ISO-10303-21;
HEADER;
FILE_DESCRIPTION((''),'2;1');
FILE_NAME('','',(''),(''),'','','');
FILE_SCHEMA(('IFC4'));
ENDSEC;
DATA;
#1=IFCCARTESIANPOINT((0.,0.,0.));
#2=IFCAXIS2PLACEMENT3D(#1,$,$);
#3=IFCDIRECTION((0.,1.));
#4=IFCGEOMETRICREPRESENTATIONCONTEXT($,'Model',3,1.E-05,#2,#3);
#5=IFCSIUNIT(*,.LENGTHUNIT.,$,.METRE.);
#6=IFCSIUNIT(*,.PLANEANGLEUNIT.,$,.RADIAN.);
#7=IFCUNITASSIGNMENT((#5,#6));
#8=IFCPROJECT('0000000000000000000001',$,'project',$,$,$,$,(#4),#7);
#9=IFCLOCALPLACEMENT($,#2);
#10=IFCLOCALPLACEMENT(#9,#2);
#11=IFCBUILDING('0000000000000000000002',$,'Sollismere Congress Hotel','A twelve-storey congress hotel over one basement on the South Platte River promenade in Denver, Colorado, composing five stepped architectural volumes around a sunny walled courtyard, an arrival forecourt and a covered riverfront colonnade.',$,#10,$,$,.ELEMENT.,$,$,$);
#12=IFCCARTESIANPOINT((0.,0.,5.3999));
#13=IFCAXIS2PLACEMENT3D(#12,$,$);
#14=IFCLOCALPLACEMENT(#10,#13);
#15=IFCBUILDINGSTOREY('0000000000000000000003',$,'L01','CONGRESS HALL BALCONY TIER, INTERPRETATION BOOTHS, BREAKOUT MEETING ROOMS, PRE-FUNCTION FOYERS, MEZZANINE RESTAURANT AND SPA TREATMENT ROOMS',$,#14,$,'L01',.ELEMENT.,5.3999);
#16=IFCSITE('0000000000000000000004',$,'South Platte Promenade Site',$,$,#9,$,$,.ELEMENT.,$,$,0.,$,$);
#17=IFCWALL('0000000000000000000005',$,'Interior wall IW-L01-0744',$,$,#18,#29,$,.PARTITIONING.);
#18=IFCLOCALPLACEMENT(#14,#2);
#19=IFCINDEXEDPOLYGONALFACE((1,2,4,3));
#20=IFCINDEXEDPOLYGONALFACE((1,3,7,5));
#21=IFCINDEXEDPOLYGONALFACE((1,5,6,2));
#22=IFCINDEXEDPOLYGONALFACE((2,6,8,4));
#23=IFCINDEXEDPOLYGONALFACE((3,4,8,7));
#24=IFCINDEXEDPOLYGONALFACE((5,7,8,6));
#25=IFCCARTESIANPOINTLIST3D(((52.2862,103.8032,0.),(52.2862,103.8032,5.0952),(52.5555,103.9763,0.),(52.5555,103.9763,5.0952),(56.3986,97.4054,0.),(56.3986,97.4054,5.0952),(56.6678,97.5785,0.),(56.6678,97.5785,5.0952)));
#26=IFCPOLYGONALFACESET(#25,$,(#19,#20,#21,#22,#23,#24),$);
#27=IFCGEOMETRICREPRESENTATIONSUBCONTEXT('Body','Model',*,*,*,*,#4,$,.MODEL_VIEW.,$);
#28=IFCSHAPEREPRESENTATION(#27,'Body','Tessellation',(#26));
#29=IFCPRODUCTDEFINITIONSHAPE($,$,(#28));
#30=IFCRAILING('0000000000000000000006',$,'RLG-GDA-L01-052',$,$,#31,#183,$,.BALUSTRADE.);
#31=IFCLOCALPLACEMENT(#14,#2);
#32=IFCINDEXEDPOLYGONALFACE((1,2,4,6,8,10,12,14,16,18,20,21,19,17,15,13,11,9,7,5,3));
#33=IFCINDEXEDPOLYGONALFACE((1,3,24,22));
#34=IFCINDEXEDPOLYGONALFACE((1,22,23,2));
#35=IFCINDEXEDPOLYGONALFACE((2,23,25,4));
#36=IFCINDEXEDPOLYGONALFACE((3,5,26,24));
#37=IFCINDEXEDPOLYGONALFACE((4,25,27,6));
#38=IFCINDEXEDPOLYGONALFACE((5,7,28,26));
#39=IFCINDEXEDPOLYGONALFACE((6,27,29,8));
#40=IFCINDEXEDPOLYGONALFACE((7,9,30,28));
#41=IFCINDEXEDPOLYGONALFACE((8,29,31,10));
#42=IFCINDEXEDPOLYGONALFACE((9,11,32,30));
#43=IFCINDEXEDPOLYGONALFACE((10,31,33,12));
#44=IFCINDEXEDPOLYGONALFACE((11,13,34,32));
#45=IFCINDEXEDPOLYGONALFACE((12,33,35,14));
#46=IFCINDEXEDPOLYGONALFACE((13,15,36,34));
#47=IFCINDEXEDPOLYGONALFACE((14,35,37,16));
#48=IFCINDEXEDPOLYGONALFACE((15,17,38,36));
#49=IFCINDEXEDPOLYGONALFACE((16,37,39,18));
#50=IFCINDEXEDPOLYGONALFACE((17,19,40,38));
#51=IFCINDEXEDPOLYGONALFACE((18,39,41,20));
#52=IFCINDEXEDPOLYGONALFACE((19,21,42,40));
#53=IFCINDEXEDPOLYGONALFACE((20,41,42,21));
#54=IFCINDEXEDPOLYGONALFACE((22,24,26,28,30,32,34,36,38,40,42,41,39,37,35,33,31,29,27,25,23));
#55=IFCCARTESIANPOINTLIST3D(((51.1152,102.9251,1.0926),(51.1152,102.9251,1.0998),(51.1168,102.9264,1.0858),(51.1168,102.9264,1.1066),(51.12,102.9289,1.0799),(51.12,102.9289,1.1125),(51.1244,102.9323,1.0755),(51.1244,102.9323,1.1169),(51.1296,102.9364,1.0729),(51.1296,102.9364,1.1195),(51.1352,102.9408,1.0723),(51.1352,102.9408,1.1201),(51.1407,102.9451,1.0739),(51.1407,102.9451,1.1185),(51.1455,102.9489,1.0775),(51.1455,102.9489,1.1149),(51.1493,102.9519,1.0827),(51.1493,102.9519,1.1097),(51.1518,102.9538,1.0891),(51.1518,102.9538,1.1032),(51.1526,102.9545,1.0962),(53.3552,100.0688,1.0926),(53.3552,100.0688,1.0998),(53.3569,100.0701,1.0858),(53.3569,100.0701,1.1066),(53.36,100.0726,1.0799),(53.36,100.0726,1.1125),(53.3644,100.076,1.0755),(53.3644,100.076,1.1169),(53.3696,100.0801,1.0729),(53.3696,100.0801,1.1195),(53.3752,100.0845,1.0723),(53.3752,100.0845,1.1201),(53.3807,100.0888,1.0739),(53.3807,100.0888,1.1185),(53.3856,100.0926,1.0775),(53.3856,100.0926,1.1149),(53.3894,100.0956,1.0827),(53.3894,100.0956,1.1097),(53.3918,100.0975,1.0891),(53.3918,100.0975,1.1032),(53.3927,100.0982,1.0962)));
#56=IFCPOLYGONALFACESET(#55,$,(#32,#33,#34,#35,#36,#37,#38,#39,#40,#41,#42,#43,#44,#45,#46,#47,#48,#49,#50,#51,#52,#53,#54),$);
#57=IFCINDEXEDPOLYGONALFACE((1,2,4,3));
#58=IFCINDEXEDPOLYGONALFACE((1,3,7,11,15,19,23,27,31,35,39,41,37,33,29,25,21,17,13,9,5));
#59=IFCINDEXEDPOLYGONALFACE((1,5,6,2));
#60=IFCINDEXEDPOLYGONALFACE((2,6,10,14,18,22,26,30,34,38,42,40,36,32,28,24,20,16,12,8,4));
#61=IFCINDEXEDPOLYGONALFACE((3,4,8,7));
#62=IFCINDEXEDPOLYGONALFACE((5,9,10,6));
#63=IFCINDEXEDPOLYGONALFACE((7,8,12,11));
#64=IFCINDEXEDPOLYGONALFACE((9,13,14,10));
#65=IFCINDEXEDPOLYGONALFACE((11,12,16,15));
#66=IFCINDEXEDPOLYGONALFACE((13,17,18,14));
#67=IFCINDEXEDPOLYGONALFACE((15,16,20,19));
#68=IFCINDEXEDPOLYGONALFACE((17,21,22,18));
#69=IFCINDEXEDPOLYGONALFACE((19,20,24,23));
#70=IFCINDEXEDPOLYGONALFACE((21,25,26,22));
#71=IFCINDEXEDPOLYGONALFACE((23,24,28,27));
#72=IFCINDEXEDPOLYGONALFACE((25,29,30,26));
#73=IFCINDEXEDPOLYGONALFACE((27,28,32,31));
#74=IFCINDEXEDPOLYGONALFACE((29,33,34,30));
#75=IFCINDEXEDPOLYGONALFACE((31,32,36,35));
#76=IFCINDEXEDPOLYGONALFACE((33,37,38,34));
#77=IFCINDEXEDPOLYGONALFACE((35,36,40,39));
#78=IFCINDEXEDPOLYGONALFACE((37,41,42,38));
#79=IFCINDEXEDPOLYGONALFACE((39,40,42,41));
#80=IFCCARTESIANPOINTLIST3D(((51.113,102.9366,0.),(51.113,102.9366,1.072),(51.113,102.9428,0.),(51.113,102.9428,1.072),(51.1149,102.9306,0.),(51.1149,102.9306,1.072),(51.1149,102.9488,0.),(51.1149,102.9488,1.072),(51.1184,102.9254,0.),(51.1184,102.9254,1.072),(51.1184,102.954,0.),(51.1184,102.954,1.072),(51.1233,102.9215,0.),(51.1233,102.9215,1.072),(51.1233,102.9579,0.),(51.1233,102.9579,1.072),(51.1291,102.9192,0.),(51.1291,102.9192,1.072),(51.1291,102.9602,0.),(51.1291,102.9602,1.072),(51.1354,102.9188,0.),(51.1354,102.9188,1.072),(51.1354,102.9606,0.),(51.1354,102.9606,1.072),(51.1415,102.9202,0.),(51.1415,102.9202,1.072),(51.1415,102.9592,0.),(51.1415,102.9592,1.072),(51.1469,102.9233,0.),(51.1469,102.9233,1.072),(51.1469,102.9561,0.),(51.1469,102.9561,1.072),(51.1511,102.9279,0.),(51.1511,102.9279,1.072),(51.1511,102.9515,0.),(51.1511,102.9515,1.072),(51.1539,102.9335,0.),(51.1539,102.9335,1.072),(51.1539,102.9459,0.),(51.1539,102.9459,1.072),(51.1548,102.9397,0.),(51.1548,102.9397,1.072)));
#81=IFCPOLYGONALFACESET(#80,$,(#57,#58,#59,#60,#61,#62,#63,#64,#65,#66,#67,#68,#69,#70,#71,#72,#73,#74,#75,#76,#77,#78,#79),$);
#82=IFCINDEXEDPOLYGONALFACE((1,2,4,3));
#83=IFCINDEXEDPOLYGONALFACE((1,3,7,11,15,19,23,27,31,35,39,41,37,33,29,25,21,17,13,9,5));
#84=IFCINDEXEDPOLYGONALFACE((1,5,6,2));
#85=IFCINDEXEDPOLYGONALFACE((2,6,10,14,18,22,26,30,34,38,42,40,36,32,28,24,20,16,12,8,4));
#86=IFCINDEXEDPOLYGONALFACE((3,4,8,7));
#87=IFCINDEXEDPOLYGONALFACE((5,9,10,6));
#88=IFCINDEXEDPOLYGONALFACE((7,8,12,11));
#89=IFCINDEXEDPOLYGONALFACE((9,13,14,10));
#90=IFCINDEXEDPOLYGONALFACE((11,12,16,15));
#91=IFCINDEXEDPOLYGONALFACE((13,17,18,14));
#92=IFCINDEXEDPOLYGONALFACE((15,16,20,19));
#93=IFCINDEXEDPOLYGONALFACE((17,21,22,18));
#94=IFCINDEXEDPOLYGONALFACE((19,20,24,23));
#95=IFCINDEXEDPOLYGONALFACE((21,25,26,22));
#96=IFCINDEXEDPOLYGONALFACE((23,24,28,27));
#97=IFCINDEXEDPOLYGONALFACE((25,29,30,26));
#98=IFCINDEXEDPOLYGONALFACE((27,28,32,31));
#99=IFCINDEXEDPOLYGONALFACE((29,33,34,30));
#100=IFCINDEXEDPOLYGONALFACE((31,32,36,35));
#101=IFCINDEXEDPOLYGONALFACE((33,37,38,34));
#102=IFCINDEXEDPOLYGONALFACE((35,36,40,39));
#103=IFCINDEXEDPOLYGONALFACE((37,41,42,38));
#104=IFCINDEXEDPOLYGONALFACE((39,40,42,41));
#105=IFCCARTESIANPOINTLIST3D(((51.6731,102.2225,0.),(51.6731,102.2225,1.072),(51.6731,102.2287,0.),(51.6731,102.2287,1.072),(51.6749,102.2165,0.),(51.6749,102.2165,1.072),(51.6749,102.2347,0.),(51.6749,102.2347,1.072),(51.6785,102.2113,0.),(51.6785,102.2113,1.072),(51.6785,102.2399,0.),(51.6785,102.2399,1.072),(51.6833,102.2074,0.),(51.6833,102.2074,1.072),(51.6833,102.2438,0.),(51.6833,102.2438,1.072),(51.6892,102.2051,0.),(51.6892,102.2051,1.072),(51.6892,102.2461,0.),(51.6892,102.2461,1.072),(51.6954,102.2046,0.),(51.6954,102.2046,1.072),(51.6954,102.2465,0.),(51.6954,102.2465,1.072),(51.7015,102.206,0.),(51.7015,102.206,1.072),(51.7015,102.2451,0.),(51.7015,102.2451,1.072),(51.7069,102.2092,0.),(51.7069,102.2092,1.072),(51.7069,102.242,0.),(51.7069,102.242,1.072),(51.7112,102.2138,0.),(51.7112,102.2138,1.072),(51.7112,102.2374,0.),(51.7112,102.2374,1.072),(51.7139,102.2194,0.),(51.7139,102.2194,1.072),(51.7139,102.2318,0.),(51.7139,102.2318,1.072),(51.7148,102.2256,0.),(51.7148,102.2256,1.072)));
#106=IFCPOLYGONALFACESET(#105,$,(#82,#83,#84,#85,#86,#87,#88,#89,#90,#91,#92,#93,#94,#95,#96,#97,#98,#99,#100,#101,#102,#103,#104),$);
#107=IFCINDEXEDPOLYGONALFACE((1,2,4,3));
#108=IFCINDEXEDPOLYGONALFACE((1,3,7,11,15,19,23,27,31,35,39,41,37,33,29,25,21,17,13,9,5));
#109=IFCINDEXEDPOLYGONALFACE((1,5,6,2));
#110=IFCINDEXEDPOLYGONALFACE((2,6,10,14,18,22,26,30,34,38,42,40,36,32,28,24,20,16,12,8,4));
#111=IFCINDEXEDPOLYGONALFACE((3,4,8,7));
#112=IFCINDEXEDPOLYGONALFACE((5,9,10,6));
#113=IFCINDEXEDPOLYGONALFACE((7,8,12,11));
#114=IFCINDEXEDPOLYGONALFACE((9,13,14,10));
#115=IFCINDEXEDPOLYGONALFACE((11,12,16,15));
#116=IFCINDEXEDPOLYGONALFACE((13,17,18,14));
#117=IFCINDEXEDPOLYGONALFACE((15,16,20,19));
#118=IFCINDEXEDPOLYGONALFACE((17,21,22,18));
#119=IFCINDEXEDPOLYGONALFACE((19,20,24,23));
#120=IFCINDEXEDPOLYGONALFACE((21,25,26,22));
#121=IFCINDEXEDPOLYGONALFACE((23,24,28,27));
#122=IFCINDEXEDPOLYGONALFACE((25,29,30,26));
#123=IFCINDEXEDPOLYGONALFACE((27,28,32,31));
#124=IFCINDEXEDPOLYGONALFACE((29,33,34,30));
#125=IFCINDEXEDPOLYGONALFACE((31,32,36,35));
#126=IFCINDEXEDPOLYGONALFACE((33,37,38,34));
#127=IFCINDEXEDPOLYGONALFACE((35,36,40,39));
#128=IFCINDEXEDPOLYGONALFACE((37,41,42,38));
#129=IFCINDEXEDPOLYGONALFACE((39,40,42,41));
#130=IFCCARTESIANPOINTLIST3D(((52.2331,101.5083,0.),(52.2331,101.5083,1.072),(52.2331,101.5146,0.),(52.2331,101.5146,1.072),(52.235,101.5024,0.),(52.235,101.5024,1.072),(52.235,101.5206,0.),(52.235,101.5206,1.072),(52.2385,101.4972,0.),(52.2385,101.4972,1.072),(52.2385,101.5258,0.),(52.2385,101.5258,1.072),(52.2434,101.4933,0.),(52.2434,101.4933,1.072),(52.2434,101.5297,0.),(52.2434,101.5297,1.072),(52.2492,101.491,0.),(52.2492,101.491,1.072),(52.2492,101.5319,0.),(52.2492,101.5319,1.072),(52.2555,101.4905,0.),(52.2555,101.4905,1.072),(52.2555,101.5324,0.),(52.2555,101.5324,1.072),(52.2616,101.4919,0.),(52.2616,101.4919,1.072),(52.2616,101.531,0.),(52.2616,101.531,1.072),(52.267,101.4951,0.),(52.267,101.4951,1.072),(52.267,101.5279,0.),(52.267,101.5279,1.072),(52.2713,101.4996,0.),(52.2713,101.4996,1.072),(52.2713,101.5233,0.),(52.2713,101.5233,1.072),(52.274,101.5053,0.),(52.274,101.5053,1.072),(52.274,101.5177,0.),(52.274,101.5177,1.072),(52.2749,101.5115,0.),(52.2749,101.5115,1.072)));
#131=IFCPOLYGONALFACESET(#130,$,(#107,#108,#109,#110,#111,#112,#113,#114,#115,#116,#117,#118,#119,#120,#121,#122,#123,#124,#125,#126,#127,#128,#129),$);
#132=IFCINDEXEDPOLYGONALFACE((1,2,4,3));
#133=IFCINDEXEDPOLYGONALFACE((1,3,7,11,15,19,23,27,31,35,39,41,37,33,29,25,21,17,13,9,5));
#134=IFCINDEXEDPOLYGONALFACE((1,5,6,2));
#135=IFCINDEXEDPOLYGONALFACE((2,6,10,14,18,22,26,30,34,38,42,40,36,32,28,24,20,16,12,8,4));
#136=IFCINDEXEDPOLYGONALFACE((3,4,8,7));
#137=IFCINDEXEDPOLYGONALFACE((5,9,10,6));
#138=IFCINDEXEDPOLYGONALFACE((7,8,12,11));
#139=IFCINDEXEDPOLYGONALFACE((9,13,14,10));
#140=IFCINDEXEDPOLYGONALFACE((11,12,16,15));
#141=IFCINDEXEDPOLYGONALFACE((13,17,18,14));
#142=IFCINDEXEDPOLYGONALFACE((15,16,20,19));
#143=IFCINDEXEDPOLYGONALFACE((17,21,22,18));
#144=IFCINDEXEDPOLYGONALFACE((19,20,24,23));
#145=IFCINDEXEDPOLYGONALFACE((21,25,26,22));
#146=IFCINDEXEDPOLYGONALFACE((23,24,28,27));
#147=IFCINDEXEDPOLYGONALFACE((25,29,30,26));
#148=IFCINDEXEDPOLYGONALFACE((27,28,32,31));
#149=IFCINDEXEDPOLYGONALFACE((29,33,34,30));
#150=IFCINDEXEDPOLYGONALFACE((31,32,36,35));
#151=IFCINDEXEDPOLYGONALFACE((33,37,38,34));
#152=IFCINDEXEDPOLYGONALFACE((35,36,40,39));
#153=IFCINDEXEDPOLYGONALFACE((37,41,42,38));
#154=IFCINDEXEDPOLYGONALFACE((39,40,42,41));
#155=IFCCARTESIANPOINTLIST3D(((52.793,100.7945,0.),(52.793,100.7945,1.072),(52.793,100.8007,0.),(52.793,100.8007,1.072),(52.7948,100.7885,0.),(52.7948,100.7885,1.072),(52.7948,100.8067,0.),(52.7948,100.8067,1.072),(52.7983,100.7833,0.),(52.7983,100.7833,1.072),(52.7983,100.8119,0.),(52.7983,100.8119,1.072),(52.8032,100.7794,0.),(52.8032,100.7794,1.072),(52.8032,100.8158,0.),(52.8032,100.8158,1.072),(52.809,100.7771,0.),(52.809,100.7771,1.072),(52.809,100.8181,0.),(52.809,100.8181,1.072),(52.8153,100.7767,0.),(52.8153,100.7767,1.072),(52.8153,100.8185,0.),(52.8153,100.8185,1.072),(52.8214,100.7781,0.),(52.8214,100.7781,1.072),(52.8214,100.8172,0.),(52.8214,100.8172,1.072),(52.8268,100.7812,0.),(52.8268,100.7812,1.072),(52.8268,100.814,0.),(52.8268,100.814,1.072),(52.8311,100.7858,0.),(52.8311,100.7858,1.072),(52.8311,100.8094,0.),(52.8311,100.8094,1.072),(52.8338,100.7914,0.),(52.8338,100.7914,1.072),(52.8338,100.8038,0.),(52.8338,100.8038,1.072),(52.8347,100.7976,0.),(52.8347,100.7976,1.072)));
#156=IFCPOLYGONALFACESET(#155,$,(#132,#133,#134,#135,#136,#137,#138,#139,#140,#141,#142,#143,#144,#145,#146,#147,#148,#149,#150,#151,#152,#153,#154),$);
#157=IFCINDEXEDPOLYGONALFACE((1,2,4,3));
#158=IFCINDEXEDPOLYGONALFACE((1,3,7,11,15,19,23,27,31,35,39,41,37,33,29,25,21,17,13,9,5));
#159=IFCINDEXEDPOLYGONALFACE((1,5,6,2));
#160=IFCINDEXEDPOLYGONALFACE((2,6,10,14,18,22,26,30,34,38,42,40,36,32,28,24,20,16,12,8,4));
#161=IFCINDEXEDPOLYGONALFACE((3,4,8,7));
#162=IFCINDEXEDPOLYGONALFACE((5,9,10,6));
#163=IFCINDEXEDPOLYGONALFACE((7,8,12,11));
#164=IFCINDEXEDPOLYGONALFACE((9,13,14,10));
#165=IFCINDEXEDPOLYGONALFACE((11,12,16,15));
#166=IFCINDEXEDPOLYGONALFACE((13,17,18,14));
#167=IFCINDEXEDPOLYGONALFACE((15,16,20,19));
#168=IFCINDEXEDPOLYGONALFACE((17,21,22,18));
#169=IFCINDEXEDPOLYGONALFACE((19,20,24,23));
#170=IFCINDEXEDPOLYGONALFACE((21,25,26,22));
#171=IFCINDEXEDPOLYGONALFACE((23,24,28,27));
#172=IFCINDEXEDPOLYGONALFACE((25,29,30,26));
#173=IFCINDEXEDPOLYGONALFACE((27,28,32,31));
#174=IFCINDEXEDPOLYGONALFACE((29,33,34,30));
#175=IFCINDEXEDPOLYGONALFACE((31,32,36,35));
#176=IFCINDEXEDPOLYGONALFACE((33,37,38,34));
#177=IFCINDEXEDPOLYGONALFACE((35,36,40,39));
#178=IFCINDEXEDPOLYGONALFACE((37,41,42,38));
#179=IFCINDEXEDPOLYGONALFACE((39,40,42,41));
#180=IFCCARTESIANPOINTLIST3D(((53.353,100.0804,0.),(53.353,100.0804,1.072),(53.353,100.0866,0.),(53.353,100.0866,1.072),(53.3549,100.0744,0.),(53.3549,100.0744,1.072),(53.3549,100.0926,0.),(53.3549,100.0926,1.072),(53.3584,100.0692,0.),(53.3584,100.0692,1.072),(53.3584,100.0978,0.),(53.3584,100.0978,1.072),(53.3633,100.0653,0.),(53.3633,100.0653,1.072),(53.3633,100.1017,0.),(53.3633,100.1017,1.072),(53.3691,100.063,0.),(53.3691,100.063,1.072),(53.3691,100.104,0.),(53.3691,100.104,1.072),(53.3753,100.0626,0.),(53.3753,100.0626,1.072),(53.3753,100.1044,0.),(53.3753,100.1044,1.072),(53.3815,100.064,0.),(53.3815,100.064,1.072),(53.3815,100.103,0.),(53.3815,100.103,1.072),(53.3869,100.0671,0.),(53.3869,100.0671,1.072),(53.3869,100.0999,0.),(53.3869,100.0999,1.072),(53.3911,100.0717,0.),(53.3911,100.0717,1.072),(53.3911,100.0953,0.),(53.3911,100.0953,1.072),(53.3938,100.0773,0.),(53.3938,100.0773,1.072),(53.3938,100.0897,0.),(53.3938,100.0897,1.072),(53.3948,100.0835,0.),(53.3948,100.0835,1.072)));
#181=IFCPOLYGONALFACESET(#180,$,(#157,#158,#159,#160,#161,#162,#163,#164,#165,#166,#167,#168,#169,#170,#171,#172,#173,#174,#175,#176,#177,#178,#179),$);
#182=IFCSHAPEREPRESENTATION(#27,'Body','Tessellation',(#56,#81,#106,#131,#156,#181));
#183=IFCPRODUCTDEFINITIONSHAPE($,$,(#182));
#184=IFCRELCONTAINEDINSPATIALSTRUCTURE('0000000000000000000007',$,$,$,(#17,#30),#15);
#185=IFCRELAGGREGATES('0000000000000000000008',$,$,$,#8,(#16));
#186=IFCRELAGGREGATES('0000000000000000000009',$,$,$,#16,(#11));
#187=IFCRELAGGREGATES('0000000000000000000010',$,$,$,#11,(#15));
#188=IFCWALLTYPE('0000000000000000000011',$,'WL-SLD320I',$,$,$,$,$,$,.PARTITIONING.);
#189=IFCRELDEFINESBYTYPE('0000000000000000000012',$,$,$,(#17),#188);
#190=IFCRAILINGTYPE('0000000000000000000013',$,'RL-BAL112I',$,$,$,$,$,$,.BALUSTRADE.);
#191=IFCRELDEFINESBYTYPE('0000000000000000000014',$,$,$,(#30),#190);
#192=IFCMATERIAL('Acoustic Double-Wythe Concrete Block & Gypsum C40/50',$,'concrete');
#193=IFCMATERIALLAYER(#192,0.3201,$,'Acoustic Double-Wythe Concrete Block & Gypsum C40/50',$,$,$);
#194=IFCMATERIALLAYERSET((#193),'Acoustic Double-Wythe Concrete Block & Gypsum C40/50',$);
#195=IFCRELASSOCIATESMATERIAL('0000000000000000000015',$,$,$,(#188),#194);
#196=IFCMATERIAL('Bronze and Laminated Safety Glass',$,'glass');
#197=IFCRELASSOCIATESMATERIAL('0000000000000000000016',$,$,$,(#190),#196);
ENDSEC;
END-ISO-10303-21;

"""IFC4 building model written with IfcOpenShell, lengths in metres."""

from ifc_helpers import new_model, si_unit, direction, frame, frame_2d, origin, origin_2d, place, context, subcontext, project, spatial, rectangle, circle, extrude, material, layer, layer_set, type_object, element, save


model = new_model("IFC4")

# Units and contexts
model_context = context("Model", 3, precision=1e-05, world=origin(), true_north=direction((0.0, 1.0)))
body_context = subcontext(model_context, "Body", "Model", "MODEL_VIEW")
ifc_project = project(units=[si_unit("LENGTHUNIT", "METRE"), si_unit("PLANEANGLEUNIT", "RADIAN")], contexts=[model_context])

# Site, building, storey
site_placement = place(None, origin())
site = spatial("IfcSite", under=ifc_project, at=site_placement, Name="South Platte Promenade Site", CompositionType="ELEMENT", RefElevation=0.0)
building_placement = place(site_placement, origin())
building = spatial("IfcBuilding", under=site, at=building_placement, Name="Sollismere Congress Hotel", Description="A twelve-storey congress hotel over one basement on the South Platte River promenade in Denver, Colorado, composing five stepped architectural volumes around a sunny walled courtyard, an arrival forecourt and a covered riverfront colonnade.", CompositionType="ELEMENT")
storey_placement = place(building_placement, frame((0.0, 0.0, 5.3999)))
storey = spatial("IfcBuildingStorey", under=building, at=storey_placement, Name="L01", Description="CONGRESS HALL BALCONY TIER, INTERPRETATION BOOTHS, BREAKOUT MEETING ROOMS, PRE-FUNCTION FOYERS, MEZZANINE RESTAURANT AND SPA TREATMENT ROOMS", LongName="L01", CompositionType="ELEMENT", Elevation=5.3999)

# Wall
ifc_material_1 = material(Name="Acoustic Double-Wythe Concrete Block & Gypsum C40/50", Category="concrete")
ifc_layer_1 = layer(ifc_material_1, 0.3201, Name="Acoustic Double-Wythe Concrete Block & Gypsum C40/50")
ifc_layer_set_1 = layer_set([ifc_layer_1], Name="Acoustic Double-Wythe Concrete Block & Gypsum C40/50")
wall_type = type_object("IfcWallType", Name="WL-SLD320I", PredefinedType="PARTITIONING", material=ifc_layer_set_1)
wall_placement = place(storey_placement, frame((56.5332, 97.4919, 0.0), z_axis=(0.0, 0.0, 1.0), x_axis=(-0.540711, 0.841209, 0.0)))
element("IfcWall", 1, at=wall_placement, inside=storey, type_object=wall_type, Name="Interior wall IW-L01-0744", PredefinedType="PARTITIONING", context=body_context, shape_type="SweptSolid", body=[
    extrude(rectangle(XDim=7.6055, YDim=0.3201, at=frame_2d((3.8027, 0.0))), origin(), (0.0, 0.0, 1.0), 5.0952),
])

# Railing
ifc_material_2 = material(Name="Bronze and Laminated Safety Glass", Category="glass")
railing_type_1 = type_object("IfcRailingType", Name="RL-BAL112I", PredefinedType="BALUSTRADE", material=ifc_material_2)
railing_1_placement = place(storey_placement, frame((51.1338, 102.9397, 0.0)))
element("IfcRailing", 2, at=railing_1_placement, inside=storey, type_object=railing_type_1, Name="RLG-GDA-L01-052", PredefinedType="BALUSTRADE", context=body_context, shape_type="SweptSolid", body=[
    extrude(circle(Radius=0.0239, at=origin_2d()), frame((0.0, 0.0, 1.0962), z_axis=(0.617111, -0.786876, 0.0), x_axis=(0.786876, 0.617111, 0.0)), (0.0, 0.0, 1.0), 3.6299),
    extrude(circle(Radius=0.021, at=origin_2d()), origin(), (0.0, 0.0, 1.0), 1.072),
    extrude(circle(Radius=0.021, at=origin_2d()), frame((0.5601, -0.7141, 0.0)), (0.0, 0.0, 1.0), 1.072),
    extrude(circle(Radius=0.021, at=origin_2d()), frame((1.1201, -1.4282, 0.0)), (0.0, 0.0, 1.0), 1.072),
    extrude(circle(Radius=0.021, at=origin_2d()), frame((1.6799, -2.1421, 0.0)), (0.0, 0.0, 1.0), 1.072),
    extrude(circle(Radius=0.021, at=origin_2d()), frame((2.24, -2.8562, 0.0)), (0.0, 0.0, 1.0), 1.072),
])

save(model, "model.ifc")
